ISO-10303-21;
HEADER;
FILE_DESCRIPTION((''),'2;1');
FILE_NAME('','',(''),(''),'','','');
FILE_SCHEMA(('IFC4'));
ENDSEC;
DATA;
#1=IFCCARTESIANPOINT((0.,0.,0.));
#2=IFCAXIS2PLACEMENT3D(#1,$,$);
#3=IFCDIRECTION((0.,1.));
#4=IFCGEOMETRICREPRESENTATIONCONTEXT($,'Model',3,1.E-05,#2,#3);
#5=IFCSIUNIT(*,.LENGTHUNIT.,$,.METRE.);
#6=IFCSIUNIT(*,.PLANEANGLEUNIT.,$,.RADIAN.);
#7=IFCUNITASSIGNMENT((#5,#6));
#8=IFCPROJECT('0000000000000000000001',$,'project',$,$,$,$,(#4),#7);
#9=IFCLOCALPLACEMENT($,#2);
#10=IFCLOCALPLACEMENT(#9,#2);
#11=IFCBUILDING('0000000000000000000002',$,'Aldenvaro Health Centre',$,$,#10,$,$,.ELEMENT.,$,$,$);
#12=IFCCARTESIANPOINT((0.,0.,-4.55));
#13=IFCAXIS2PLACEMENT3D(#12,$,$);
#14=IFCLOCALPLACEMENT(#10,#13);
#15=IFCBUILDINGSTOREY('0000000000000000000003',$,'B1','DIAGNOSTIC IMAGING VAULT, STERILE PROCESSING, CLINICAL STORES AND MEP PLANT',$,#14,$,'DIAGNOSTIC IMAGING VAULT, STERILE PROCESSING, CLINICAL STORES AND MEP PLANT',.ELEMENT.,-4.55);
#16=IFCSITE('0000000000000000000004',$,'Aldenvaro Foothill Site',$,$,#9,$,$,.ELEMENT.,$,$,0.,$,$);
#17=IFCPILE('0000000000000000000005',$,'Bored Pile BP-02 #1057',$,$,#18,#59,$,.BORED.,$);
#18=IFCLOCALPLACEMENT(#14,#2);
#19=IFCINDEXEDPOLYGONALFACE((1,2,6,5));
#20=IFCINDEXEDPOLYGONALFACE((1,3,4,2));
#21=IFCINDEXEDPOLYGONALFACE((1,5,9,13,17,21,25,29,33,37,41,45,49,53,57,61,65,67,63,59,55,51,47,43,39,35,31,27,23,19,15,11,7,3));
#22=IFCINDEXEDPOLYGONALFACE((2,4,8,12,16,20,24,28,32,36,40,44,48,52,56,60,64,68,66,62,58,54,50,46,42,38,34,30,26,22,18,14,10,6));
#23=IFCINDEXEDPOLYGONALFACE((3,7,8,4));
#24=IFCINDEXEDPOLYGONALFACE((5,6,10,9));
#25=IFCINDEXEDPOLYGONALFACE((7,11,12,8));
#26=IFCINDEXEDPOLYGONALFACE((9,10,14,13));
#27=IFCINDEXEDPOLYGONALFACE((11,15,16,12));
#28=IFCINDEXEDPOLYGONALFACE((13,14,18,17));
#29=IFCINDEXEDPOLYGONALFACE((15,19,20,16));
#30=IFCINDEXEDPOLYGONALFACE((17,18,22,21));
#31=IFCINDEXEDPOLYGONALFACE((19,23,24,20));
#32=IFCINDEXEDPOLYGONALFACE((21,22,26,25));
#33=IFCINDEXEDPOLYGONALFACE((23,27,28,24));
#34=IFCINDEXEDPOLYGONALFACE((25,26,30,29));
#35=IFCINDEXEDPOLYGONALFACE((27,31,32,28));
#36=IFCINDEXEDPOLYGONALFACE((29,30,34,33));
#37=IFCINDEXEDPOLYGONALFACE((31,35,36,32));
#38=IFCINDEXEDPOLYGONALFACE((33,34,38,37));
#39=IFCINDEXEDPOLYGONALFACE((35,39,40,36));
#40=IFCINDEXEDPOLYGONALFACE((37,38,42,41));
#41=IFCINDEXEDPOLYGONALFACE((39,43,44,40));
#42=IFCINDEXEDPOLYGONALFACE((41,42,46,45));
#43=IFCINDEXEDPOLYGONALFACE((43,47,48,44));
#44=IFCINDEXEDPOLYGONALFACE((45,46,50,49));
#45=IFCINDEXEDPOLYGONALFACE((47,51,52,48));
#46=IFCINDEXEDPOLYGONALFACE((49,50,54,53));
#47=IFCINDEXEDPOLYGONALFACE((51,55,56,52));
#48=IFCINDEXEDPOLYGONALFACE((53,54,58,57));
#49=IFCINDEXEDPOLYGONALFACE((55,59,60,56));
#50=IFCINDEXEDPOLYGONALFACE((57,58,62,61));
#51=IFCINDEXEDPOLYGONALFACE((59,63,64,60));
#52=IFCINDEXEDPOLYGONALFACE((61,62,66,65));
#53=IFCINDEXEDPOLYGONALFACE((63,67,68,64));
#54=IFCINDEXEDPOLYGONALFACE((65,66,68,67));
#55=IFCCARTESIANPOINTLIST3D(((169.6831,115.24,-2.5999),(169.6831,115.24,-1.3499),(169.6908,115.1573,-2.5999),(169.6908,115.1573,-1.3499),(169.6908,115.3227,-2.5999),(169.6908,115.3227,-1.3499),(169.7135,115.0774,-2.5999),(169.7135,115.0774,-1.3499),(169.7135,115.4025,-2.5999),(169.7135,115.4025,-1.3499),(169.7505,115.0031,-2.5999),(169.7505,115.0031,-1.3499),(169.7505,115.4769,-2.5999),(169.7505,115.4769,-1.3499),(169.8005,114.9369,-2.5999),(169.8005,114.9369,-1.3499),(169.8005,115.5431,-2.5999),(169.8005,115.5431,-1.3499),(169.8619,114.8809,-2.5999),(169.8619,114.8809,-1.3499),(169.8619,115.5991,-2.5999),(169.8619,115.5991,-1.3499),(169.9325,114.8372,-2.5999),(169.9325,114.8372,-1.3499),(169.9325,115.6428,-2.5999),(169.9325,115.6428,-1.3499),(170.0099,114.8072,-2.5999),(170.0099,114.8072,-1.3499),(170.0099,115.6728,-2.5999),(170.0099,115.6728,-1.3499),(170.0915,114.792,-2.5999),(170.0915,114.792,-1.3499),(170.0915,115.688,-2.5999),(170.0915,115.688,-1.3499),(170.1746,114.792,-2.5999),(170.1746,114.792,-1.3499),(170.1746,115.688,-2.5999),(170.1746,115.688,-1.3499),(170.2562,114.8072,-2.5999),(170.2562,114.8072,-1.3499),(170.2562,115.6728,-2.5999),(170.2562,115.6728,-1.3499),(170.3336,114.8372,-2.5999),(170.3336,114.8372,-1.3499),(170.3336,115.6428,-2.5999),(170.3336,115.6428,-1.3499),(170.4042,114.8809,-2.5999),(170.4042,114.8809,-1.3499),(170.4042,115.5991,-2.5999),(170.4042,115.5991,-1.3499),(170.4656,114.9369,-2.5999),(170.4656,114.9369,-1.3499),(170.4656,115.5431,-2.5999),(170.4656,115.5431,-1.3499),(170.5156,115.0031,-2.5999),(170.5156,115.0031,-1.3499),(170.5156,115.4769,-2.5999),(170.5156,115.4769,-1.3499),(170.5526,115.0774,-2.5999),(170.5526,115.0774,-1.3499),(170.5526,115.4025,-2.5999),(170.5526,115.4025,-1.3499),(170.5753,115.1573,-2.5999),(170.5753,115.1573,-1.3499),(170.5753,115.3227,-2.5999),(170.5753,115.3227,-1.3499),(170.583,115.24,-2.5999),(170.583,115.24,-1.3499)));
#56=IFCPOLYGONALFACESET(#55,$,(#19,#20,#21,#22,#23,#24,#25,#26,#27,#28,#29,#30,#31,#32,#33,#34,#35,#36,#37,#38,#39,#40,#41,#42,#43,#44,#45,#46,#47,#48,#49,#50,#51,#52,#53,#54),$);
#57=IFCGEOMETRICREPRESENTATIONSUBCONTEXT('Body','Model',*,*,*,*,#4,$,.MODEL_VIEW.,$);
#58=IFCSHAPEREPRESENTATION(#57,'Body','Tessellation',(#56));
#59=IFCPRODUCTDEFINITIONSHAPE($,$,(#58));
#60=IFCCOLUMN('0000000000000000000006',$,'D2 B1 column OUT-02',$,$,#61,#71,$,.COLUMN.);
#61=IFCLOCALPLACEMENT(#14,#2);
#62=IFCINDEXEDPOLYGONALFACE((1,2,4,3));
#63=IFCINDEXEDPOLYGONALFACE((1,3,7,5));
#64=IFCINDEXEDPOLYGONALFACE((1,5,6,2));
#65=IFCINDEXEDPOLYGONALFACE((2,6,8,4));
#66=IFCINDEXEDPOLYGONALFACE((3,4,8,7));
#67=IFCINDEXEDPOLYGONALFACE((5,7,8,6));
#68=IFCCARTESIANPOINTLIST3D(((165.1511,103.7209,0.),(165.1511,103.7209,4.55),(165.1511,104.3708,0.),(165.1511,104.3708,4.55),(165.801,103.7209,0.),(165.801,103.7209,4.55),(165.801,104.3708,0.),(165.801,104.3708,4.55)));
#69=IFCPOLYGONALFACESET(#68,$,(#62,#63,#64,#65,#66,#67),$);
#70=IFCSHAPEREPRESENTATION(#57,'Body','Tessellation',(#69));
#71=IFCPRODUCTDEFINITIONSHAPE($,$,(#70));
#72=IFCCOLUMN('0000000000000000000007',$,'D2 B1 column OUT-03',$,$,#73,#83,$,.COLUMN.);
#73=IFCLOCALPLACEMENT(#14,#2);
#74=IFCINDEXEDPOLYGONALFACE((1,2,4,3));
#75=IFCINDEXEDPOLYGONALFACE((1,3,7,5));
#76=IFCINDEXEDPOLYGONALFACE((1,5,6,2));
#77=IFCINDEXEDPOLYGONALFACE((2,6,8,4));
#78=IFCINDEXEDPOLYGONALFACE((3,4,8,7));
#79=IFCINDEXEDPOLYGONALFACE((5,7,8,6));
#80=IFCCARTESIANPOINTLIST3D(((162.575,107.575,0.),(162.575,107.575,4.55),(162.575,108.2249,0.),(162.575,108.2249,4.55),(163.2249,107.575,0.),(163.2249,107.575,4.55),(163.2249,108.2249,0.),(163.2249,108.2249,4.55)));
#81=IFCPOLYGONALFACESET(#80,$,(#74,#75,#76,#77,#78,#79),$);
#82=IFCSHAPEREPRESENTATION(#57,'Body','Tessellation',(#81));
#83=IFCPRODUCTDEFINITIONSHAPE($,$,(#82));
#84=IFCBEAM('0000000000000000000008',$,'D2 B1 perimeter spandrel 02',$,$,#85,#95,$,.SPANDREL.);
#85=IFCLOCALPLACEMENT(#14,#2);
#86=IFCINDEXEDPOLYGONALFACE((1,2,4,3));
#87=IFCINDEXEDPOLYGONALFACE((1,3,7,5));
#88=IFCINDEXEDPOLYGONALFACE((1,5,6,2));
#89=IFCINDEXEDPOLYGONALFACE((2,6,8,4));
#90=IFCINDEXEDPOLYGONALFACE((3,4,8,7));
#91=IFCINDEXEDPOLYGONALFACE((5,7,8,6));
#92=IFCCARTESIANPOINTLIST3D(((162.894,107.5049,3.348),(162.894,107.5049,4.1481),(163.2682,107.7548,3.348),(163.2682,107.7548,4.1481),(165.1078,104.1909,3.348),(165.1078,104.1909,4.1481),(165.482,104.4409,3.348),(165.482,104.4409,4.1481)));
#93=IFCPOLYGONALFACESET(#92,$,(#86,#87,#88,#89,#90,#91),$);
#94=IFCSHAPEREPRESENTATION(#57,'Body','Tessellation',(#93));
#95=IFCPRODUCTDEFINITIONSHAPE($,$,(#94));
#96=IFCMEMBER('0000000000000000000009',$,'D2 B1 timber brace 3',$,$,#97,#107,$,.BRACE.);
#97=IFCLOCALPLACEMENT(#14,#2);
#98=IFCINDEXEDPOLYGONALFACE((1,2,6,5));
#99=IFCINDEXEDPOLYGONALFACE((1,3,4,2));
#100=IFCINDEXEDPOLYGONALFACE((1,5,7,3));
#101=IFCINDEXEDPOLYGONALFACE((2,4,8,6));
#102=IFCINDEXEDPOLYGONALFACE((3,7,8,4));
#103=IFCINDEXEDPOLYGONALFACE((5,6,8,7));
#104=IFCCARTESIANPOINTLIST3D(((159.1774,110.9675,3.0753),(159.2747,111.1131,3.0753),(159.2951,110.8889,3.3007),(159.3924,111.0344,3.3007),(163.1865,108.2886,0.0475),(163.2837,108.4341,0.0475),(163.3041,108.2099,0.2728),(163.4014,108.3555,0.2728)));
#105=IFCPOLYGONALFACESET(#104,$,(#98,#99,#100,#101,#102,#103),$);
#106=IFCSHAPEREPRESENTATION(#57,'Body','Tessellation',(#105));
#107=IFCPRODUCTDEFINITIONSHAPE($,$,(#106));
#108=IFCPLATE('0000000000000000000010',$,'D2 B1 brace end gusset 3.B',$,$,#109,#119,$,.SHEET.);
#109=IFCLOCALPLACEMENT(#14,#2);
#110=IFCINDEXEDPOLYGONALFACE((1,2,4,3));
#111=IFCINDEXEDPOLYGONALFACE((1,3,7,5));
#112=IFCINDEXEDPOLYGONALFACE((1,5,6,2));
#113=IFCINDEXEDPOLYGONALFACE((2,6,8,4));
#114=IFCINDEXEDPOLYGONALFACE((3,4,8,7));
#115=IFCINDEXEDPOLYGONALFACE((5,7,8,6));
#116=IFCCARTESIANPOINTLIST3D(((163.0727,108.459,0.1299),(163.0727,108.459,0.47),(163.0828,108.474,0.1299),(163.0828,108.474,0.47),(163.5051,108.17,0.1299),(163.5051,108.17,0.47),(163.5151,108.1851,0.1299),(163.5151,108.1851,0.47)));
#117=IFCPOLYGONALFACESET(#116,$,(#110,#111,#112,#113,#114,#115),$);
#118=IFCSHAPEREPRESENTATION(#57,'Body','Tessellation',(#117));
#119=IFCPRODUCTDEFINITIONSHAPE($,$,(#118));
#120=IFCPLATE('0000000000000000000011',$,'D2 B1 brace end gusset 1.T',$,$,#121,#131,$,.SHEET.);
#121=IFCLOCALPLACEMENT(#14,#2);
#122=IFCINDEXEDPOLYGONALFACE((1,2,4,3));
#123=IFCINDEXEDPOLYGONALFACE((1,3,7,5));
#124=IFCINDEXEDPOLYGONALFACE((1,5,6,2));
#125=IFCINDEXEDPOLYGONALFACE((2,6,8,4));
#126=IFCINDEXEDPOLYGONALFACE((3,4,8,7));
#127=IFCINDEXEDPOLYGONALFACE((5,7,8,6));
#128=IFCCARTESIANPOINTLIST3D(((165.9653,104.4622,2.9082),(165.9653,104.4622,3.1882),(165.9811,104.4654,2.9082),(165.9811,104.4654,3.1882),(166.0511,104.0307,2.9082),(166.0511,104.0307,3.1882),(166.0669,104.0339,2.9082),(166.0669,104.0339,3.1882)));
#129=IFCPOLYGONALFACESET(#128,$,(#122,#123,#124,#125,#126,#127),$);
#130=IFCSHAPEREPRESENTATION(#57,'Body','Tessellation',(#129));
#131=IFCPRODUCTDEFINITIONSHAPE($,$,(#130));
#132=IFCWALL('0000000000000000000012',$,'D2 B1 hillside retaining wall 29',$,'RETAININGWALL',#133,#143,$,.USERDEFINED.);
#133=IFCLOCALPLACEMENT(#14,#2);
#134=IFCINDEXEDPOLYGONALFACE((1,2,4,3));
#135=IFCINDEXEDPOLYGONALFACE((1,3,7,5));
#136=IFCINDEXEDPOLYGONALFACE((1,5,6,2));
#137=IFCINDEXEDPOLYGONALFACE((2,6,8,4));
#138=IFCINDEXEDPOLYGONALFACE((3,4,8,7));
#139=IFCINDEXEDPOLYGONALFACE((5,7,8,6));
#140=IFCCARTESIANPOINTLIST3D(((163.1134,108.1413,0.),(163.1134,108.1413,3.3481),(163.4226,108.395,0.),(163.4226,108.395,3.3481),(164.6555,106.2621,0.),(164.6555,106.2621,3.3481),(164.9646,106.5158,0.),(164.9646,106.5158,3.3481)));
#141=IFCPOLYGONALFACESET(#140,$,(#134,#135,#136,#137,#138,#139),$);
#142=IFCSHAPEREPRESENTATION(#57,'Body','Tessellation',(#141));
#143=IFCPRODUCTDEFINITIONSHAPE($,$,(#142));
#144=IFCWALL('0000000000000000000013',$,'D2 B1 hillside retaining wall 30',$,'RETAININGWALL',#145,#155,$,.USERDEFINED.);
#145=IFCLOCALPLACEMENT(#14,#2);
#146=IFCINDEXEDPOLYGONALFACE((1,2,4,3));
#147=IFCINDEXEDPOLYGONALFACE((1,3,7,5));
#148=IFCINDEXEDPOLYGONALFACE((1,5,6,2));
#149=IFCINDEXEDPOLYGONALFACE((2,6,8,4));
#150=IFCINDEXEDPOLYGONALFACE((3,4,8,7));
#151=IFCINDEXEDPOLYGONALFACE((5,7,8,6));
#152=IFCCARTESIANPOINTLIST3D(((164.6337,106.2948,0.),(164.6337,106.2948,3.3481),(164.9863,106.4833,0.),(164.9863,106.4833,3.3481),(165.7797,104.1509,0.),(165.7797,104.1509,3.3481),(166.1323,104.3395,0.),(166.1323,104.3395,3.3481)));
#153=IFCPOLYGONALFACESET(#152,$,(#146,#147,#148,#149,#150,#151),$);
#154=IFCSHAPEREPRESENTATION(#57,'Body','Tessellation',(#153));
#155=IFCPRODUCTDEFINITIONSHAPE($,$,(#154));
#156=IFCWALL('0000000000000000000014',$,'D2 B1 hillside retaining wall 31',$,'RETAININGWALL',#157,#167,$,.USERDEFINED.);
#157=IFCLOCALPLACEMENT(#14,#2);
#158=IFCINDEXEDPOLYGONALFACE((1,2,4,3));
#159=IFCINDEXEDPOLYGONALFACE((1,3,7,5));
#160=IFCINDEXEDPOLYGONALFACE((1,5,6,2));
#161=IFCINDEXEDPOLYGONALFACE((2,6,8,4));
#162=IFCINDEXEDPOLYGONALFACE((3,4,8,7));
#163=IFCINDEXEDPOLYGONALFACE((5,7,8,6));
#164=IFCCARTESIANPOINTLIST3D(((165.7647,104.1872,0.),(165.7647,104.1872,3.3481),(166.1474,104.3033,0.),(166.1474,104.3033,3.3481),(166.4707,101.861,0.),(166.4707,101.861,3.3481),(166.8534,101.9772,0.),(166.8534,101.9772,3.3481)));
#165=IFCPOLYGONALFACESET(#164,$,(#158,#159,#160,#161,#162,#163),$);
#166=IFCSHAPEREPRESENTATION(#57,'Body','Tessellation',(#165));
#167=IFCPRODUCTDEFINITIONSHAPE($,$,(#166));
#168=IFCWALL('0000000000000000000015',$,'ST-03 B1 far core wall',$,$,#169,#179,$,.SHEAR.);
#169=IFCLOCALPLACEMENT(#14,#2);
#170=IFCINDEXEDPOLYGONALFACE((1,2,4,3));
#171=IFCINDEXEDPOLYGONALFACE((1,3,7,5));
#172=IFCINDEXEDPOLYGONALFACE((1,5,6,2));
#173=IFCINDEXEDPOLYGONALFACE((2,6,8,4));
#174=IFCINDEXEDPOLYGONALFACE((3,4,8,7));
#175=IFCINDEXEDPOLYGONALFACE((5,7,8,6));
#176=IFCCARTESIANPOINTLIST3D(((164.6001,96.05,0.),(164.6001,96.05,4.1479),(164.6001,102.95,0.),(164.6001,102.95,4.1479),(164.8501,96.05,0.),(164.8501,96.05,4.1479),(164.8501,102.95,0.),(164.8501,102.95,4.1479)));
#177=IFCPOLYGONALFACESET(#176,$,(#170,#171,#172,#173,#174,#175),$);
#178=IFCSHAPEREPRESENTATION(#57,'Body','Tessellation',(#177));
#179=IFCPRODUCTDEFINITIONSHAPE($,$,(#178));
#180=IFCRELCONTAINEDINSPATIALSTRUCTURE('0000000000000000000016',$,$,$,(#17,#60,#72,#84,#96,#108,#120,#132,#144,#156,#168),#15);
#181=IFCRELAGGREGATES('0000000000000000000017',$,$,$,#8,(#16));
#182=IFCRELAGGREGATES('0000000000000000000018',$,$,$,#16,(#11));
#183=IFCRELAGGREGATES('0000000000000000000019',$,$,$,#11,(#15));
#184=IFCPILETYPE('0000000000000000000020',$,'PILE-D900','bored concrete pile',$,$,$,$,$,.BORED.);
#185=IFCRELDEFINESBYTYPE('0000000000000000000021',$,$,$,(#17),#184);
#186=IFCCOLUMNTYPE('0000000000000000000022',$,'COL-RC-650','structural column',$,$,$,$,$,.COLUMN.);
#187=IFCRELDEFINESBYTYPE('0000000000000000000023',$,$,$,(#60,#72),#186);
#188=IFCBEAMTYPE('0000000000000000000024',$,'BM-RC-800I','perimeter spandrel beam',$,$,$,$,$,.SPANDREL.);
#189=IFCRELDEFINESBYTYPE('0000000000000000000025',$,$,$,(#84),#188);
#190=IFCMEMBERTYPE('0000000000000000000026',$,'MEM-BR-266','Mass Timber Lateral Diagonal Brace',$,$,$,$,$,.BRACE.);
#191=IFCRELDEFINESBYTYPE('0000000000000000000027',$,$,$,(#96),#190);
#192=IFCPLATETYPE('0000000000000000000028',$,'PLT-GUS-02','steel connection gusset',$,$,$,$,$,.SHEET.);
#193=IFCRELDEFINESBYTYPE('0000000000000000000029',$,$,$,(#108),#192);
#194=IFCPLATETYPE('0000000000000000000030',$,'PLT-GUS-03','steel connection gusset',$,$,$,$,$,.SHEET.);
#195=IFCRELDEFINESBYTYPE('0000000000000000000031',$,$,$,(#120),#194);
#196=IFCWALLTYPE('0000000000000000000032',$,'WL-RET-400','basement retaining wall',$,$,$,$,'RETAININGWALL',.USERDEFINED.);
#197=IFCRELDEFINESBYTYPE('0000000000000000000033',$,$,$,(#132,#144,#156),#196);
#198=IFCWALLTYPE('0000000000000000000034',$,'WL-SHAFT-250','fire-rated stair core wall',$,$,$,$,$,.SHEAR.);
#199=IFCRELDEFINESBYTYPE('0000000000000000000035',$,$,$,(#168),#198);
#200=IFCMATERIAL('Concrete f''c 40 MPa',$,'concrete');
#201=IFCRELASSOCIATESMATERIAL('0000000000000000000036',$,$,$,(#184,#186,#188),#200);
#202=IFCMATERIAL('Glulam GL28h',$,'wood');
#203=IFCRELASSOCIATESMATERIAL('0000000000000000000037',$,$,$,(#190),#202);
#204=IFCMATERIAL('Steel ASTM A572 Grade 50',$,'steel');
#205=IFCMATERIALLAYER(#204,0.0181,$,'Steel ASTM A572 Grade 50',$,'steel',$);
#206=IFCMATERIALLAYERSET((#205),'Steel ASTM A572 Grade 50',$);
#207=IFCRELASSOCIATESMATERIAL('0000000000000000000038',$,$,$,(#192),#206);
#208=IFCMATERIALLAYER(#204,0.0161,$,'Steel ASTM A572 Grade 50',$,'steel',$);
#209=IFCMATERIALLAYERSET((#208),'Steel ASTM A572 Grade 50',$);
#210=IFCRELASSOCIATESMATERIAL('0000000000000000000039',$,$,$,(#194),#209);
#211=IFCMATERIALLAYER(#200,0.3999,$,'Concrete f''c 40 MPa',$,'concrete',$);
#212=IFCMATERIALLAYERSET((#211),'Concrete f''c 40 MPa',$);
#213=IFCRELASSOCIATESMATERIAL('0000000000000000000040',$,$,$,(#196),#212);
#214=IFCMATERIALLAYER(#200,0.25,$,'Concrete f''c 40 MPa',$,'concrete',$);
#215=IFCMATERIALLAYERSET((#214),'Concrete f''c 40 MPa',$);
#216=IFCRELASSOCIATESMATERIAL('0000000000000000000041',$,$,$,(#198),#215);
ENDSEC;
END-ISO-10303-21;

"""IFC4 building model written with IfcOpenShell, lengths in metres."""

from ifc_helpers import new_model, si_unit, direction, frame, frame_2d, origin, origin_2d, place, context, subcontext, project, spatial, rectangle, circle, extrude, material, layer, layer_set, material_profile, profile_set, type_object, element, save


model = new_model("IFC4")

# Units and contexts
model_context = context("Model", 3, precision=1e-05, world=origin(), true_north=direction((0.0, 1.0)))
body_context = subcontext(model_context, "Body", "Model", "MODEL_VIEW")
ifc_project = project(units=[si_unit("LENGTHUNIT", "METRE"), si_unit("PLANEANGLEUNIT", "RADIAN")], contexts=[model_context])

# Site, building, storey
site_placement = place(None, origin())
site = spatial("IfcSite", under=ifc_project, at=site_placement, Name="Aldenvaro Foothill Site", CompositionType="ELEMENT", RefElevation=0.0)
building_placement = place(site_placement, origin())
building = spatial("IfcBuilding", under=site, at=building_placement, Name="Aldenvaro Health Centre", CompositionType="ELEMENT")
storey_placement = place(building_placement, frame((0.0, 0.0, -4.55)))
storey = spatial("IfcBuildingStorey", under=building, at=storey_placement, Name="B1", Description="DIAGNOSTIC IMAGING VAULT, STERILE PROCESSING, CLINICAL STORES AND MEP PLANT", LongName="DIAGNOSTIC IMAGING VAULT, STERILE PROCESSING, CLINICAL STORES AND MEP PLANT", CompositionType="ELEMENT", Elevation=-4.55)

# Pile
ifc_material_1 = material(Name="Concrete f'c 40 MPa", Category="concrete")
ifc_material_profile_1 = material_profile(ifc_material_1, circle(Radius=0.45, at=origin_2d()), Name="PILE D900", Category="concrete")
ifc_profile_set_1 = profile_set([ifc_material_profile_1], Name="Concrete f'c 40 MPa")
pile_type = type_object("IfcPileType", Name="PILE-D900", Description="bored concrete pile", PredefinedType="BORED", material=ifc_profile_set_1)
for number, where, z_axis, x_axis, name in (
    (1, (170.1331, 115.24, -1.3499), (0.0, 0.0, -1.0), (1.0, 0.0, 0.0), "Bored Pile BP-02 #1057"),
):
    element("IfcPile", number, at=place(storey_placement, frame(where, z_axis=z_axis, x_axis=x_axis)), inside=storey, type_object=pile_type, Name=name, PredefinedType="BORED", context=body_context, shape_type="SweptSolid", body=[
        extrude(circle(Radius=0.45, at=origin_2d()), origin(), (0.0, 0.0, 1.0), 1.25),
    ])

# Columns
ifc_material_profile_2 = material_profile(ifc_material_1, rectangle(XDim=0.6499, YDim=0.6499, at=origin_2d()), Name="RC 650x650", Category="concrete")
ifc_profile_set_2 = profile_set([ifc_material_profile_2], Name="Concrete f'c 40 MPa")
column_type = type_object("IfcColumnType", Name="COL-RC-650", Description="structural column", PredefinedType="COLUMN", material=ifc_profile_set_2)
for number, where, z_axis, x_axis, name in (
    (2, (165.4761, 104.0459, 0.0), (0.0, 0.0, 1.0), (1.0, 0.0, 0.0), "D2 B1 column OUT-02"),
    (3, (162.8999, 107.8999, 0.0), (0.0, 0.0, 1.0), (1.0, 0.0, 0.0), "D2 B1 column OUT-03"),
):
    element("IfcColumn", number, at=place(storey_placement, frame(where, z_axis=z_axis, x_axis=x_axis)), inside=storey, type_object=column_type, Name=name, PredefinedType="COLUMN", context=body_context, shape_type="SweptSolid", body=[
        extrude(rectangle(XDim=0.6499, YDim=0.6499, at=origin_2d()), origin(), (0.0, 0.0, 1.0), 4.55),
    ])

# Beam
ifc_material_profile_3 = material_profile(ifc_material_1, rectangle(XDim=0.45, YDim=0.8, at=origin_2d()), Name="RC 450x800", Category="concrete")
ifc_profile_set_3 = profile_set([ifc_material_profile_3], Name="Concrete f'c 40 MPa")
beam_type = type_object("IfcBeamType", Name="BM-RC-800I", Description="perimeter spandrel beam", PredefinedType="SPANDREL", material=ifc_profile_set_3)
beam_placement = place(storey_placement, frame((165.2949, 104.3159, 3.748), z_axis=(-0.555492, 0.831522, 0.0), x_axis=(-0.831522, -0.555492, 0.0)))
element("IfcBeam", 4, at=beam_placement, inside=storey, type_object=beam_type, Name="D2 B1 perimeter spandrel 02", PredefinedType="SPANDREL", context=body_context, shape_type="SweptSolid", body=[
    extrude(rectangle(XDim=0.45, YDim=0.8, at=origin_2d()), origin(), (0.0, 0.0, 1.0), 3.9854),
])

# Member
ifc_material_2 = material(Name="Glulam GL28h", Category="wood")
ifc_material_profile_4 = material_profile(ifc_material_2, rectangle(XDim=0.175, YDim=0.2661, at=origin_2d()), Name="GL 175x266", Category="wood")
ifc_profile_set_4 = profile_set([ifc_material_profile_4], Name="Glulam GL28h")
member_type = type_object("IfcMemberType", Name="MEM-BR-266", Description="Mass Timber Lateral Diagonal Brace", PredefinedType="BRACE", material=ifc_profile_set_4)
member_placement = place(storey_placement, frame((163.2939, 108.322, 0.1602), z_axis=(-0.704132, 0.470522, 0.531797), x_axis=(-0.5556, -0.83145, 0.0)))
element("IfcMember", 5, at=member_placement, inside=storey, type_object=member_type, Name="D2 B1 timber brace 3", PredefinedType="BRACE", context=body_context, shape_type="SweptSolid", body=[
    extrude(rectangle(XDim=0.175, YDim=0.2661, at=origin_2d()), origin(), (0.0, 0.0, 1.0), 5.6936),
])

# Plates
ifc_material_3 = material(Name="Steel ASTM A572 Grade 50", Category="steel")
ifc_layer_1 = layer(ifc_material_3, 0.0181, Name="Steel ASTM A572 Grade 50", Category="steel")
ifc_layer_set_1 = layer_set([ifc_layer_1], Name="Steel ASTM A572 Grade 50")
plate_type_1 = type_object("IfcPlateType", Name="PLT-GUS-02", Description="steel connection gusset", PredefinedType="SHEET", material=ifc_layer_set_1)
plate_1_placement = place(storey_placement, frame((163.2939, 108.322, 0.1299), z_axis=(0.0, 0.0, 1.0), x_axis=(-0.831441, 0.555614, 0.0)))
element("IfcPlate", 6, at=plate_1_placement, inside=storey, type_object=plate_type_1, Name="D2 B1 brace end gusset 3.B", PredefinedType="SHEET", context=body_context, shape_type="SweptSolid", body=[
    extrude(rectangle(XDim=0.52, YDim=0.0181, at=origin_2d()), origin(), (0.0, 0.0, 1.0), 0.3401),
])
ifc_layer_2 = layer(ifc_material_3, 0.0161, Name="Steel ASTM A572 Grade 50", Category="steel")
ifc_layer_set_2 = layer_set([ifc_layer_2], Name="Steel ASTM A572 Grade 50")
plate_type_2 = type_object("IfcPlateType", Name="PLT-GUS-03", Description="steel connection gusset", PredefinedType="SHEET", material=ifc_layer_set_2)
plate_2_placement = place(storey_placement, frame((166.0161, 104.248, 2.9082), z_axis=(0.0, 0.0, 1.0), x_axis=(-0.195005, 0.980802, 0.0)))
element("IfcPlate", 7, at=plate_2_placement, inside=storey, type_object=plate_type_2, Name="D2 B1 brace end gusset 1.T", PredefinedType="SHEET", context=body_context, shape_type="SweptSolid", body=[
    extrude(rectangle(XDim=0.4399, YDim=0.0161, at=origin_2d()), origin(), (0.0, 0.0, 1.0), 0.28),
])

# Walls
ifc_layer_3 = layer(ifc_material_1, 0.3999, Name="Concrete f'c 40 MPa", Category="concrete")
ifc_layer_set_3 = layer_set([ifc_layer_3], Name="Concrete f'c 40 MPa")
wall_type_1 = type_object("IfcWallType", Name="WL-RET-400", Description="basement retaining wall", ElementType="RETAININGWALL", PredefinedType="USERDEFINED", material=ifc_layer_set_3)
for number, where, z_axis, x_axis, name in (
    (8, (163.2681, 108.2681, 0.0), (0.0, 0.0, 1.0), (0.634347, -0.773048, 0.0), "D2 B1 hillside retaining wall 29"),
    (9, (164.8101, 106.3889, 0.0), (0.0, 0.0, 1.0), (0.471432, -0.881902, 0.0), "D2 B1 hillside retaining wall 30"),
    (10, (165.9561, 104.2451, 0.0), (0.0, 0.0, 1.0), (0.290442, -0.956893, 0.0), "D2 B1 hillside retaining wall 31"),
):
    element("IfcWall", number, at=place(storey_placement, frame(where, z_axis=z_axis, x_axis=x_axis)), inside=storey, type_object=wall_type_1, Name=name, ObjectType="RETAININGWALL", PredefinedType="USERDEFINED", context=body_context, shape_type="SweptSolid", body=[
        extrude(rectangle(XDim=2.4309, YDim=0.3999, at=frame_2d((1.2153, 0.0))), origin(), (0.0, 0.0, 1.0), 3.3481),
    ])
ifc_layer_4 = layer(ifc_material_1, 0.25, Name="Concrete f'c 40 MPa", Category="concrete")
ifc_layer_set_4 = layer_set([ifc_layer_4], Name="Concrete f'c 40 MPa")
wall_type_2 = type_object("IfcWallType", Name="WL-SHAFT-250", Description="fire-rated stair core wall", PredefinedType="SHEAR", material=ifc_layer_set_4)
wall_placement = place(storey_placement, frame((164.7251, 102.95, 0.0), z_axis=(0.0, 0.0, 1.0), x_axis=(0.0, -1.0, 0.0)))
element("IfcWall", 11, at=wall_placement, inside=storey, type_object=wall_type_2, Name="ST-03 B1 far core wall", PredefinedType="SHEAR", context=body_context, shape_type="SweptSolid", body=[
    extrude(rectangle(XDim=6.8999, YDim=0.25, at=frame_2d((3.45, 0.0))), origin(), (0.0, 0.0, 1.0), 4.1479),
])

save(model, "model.ifc")
